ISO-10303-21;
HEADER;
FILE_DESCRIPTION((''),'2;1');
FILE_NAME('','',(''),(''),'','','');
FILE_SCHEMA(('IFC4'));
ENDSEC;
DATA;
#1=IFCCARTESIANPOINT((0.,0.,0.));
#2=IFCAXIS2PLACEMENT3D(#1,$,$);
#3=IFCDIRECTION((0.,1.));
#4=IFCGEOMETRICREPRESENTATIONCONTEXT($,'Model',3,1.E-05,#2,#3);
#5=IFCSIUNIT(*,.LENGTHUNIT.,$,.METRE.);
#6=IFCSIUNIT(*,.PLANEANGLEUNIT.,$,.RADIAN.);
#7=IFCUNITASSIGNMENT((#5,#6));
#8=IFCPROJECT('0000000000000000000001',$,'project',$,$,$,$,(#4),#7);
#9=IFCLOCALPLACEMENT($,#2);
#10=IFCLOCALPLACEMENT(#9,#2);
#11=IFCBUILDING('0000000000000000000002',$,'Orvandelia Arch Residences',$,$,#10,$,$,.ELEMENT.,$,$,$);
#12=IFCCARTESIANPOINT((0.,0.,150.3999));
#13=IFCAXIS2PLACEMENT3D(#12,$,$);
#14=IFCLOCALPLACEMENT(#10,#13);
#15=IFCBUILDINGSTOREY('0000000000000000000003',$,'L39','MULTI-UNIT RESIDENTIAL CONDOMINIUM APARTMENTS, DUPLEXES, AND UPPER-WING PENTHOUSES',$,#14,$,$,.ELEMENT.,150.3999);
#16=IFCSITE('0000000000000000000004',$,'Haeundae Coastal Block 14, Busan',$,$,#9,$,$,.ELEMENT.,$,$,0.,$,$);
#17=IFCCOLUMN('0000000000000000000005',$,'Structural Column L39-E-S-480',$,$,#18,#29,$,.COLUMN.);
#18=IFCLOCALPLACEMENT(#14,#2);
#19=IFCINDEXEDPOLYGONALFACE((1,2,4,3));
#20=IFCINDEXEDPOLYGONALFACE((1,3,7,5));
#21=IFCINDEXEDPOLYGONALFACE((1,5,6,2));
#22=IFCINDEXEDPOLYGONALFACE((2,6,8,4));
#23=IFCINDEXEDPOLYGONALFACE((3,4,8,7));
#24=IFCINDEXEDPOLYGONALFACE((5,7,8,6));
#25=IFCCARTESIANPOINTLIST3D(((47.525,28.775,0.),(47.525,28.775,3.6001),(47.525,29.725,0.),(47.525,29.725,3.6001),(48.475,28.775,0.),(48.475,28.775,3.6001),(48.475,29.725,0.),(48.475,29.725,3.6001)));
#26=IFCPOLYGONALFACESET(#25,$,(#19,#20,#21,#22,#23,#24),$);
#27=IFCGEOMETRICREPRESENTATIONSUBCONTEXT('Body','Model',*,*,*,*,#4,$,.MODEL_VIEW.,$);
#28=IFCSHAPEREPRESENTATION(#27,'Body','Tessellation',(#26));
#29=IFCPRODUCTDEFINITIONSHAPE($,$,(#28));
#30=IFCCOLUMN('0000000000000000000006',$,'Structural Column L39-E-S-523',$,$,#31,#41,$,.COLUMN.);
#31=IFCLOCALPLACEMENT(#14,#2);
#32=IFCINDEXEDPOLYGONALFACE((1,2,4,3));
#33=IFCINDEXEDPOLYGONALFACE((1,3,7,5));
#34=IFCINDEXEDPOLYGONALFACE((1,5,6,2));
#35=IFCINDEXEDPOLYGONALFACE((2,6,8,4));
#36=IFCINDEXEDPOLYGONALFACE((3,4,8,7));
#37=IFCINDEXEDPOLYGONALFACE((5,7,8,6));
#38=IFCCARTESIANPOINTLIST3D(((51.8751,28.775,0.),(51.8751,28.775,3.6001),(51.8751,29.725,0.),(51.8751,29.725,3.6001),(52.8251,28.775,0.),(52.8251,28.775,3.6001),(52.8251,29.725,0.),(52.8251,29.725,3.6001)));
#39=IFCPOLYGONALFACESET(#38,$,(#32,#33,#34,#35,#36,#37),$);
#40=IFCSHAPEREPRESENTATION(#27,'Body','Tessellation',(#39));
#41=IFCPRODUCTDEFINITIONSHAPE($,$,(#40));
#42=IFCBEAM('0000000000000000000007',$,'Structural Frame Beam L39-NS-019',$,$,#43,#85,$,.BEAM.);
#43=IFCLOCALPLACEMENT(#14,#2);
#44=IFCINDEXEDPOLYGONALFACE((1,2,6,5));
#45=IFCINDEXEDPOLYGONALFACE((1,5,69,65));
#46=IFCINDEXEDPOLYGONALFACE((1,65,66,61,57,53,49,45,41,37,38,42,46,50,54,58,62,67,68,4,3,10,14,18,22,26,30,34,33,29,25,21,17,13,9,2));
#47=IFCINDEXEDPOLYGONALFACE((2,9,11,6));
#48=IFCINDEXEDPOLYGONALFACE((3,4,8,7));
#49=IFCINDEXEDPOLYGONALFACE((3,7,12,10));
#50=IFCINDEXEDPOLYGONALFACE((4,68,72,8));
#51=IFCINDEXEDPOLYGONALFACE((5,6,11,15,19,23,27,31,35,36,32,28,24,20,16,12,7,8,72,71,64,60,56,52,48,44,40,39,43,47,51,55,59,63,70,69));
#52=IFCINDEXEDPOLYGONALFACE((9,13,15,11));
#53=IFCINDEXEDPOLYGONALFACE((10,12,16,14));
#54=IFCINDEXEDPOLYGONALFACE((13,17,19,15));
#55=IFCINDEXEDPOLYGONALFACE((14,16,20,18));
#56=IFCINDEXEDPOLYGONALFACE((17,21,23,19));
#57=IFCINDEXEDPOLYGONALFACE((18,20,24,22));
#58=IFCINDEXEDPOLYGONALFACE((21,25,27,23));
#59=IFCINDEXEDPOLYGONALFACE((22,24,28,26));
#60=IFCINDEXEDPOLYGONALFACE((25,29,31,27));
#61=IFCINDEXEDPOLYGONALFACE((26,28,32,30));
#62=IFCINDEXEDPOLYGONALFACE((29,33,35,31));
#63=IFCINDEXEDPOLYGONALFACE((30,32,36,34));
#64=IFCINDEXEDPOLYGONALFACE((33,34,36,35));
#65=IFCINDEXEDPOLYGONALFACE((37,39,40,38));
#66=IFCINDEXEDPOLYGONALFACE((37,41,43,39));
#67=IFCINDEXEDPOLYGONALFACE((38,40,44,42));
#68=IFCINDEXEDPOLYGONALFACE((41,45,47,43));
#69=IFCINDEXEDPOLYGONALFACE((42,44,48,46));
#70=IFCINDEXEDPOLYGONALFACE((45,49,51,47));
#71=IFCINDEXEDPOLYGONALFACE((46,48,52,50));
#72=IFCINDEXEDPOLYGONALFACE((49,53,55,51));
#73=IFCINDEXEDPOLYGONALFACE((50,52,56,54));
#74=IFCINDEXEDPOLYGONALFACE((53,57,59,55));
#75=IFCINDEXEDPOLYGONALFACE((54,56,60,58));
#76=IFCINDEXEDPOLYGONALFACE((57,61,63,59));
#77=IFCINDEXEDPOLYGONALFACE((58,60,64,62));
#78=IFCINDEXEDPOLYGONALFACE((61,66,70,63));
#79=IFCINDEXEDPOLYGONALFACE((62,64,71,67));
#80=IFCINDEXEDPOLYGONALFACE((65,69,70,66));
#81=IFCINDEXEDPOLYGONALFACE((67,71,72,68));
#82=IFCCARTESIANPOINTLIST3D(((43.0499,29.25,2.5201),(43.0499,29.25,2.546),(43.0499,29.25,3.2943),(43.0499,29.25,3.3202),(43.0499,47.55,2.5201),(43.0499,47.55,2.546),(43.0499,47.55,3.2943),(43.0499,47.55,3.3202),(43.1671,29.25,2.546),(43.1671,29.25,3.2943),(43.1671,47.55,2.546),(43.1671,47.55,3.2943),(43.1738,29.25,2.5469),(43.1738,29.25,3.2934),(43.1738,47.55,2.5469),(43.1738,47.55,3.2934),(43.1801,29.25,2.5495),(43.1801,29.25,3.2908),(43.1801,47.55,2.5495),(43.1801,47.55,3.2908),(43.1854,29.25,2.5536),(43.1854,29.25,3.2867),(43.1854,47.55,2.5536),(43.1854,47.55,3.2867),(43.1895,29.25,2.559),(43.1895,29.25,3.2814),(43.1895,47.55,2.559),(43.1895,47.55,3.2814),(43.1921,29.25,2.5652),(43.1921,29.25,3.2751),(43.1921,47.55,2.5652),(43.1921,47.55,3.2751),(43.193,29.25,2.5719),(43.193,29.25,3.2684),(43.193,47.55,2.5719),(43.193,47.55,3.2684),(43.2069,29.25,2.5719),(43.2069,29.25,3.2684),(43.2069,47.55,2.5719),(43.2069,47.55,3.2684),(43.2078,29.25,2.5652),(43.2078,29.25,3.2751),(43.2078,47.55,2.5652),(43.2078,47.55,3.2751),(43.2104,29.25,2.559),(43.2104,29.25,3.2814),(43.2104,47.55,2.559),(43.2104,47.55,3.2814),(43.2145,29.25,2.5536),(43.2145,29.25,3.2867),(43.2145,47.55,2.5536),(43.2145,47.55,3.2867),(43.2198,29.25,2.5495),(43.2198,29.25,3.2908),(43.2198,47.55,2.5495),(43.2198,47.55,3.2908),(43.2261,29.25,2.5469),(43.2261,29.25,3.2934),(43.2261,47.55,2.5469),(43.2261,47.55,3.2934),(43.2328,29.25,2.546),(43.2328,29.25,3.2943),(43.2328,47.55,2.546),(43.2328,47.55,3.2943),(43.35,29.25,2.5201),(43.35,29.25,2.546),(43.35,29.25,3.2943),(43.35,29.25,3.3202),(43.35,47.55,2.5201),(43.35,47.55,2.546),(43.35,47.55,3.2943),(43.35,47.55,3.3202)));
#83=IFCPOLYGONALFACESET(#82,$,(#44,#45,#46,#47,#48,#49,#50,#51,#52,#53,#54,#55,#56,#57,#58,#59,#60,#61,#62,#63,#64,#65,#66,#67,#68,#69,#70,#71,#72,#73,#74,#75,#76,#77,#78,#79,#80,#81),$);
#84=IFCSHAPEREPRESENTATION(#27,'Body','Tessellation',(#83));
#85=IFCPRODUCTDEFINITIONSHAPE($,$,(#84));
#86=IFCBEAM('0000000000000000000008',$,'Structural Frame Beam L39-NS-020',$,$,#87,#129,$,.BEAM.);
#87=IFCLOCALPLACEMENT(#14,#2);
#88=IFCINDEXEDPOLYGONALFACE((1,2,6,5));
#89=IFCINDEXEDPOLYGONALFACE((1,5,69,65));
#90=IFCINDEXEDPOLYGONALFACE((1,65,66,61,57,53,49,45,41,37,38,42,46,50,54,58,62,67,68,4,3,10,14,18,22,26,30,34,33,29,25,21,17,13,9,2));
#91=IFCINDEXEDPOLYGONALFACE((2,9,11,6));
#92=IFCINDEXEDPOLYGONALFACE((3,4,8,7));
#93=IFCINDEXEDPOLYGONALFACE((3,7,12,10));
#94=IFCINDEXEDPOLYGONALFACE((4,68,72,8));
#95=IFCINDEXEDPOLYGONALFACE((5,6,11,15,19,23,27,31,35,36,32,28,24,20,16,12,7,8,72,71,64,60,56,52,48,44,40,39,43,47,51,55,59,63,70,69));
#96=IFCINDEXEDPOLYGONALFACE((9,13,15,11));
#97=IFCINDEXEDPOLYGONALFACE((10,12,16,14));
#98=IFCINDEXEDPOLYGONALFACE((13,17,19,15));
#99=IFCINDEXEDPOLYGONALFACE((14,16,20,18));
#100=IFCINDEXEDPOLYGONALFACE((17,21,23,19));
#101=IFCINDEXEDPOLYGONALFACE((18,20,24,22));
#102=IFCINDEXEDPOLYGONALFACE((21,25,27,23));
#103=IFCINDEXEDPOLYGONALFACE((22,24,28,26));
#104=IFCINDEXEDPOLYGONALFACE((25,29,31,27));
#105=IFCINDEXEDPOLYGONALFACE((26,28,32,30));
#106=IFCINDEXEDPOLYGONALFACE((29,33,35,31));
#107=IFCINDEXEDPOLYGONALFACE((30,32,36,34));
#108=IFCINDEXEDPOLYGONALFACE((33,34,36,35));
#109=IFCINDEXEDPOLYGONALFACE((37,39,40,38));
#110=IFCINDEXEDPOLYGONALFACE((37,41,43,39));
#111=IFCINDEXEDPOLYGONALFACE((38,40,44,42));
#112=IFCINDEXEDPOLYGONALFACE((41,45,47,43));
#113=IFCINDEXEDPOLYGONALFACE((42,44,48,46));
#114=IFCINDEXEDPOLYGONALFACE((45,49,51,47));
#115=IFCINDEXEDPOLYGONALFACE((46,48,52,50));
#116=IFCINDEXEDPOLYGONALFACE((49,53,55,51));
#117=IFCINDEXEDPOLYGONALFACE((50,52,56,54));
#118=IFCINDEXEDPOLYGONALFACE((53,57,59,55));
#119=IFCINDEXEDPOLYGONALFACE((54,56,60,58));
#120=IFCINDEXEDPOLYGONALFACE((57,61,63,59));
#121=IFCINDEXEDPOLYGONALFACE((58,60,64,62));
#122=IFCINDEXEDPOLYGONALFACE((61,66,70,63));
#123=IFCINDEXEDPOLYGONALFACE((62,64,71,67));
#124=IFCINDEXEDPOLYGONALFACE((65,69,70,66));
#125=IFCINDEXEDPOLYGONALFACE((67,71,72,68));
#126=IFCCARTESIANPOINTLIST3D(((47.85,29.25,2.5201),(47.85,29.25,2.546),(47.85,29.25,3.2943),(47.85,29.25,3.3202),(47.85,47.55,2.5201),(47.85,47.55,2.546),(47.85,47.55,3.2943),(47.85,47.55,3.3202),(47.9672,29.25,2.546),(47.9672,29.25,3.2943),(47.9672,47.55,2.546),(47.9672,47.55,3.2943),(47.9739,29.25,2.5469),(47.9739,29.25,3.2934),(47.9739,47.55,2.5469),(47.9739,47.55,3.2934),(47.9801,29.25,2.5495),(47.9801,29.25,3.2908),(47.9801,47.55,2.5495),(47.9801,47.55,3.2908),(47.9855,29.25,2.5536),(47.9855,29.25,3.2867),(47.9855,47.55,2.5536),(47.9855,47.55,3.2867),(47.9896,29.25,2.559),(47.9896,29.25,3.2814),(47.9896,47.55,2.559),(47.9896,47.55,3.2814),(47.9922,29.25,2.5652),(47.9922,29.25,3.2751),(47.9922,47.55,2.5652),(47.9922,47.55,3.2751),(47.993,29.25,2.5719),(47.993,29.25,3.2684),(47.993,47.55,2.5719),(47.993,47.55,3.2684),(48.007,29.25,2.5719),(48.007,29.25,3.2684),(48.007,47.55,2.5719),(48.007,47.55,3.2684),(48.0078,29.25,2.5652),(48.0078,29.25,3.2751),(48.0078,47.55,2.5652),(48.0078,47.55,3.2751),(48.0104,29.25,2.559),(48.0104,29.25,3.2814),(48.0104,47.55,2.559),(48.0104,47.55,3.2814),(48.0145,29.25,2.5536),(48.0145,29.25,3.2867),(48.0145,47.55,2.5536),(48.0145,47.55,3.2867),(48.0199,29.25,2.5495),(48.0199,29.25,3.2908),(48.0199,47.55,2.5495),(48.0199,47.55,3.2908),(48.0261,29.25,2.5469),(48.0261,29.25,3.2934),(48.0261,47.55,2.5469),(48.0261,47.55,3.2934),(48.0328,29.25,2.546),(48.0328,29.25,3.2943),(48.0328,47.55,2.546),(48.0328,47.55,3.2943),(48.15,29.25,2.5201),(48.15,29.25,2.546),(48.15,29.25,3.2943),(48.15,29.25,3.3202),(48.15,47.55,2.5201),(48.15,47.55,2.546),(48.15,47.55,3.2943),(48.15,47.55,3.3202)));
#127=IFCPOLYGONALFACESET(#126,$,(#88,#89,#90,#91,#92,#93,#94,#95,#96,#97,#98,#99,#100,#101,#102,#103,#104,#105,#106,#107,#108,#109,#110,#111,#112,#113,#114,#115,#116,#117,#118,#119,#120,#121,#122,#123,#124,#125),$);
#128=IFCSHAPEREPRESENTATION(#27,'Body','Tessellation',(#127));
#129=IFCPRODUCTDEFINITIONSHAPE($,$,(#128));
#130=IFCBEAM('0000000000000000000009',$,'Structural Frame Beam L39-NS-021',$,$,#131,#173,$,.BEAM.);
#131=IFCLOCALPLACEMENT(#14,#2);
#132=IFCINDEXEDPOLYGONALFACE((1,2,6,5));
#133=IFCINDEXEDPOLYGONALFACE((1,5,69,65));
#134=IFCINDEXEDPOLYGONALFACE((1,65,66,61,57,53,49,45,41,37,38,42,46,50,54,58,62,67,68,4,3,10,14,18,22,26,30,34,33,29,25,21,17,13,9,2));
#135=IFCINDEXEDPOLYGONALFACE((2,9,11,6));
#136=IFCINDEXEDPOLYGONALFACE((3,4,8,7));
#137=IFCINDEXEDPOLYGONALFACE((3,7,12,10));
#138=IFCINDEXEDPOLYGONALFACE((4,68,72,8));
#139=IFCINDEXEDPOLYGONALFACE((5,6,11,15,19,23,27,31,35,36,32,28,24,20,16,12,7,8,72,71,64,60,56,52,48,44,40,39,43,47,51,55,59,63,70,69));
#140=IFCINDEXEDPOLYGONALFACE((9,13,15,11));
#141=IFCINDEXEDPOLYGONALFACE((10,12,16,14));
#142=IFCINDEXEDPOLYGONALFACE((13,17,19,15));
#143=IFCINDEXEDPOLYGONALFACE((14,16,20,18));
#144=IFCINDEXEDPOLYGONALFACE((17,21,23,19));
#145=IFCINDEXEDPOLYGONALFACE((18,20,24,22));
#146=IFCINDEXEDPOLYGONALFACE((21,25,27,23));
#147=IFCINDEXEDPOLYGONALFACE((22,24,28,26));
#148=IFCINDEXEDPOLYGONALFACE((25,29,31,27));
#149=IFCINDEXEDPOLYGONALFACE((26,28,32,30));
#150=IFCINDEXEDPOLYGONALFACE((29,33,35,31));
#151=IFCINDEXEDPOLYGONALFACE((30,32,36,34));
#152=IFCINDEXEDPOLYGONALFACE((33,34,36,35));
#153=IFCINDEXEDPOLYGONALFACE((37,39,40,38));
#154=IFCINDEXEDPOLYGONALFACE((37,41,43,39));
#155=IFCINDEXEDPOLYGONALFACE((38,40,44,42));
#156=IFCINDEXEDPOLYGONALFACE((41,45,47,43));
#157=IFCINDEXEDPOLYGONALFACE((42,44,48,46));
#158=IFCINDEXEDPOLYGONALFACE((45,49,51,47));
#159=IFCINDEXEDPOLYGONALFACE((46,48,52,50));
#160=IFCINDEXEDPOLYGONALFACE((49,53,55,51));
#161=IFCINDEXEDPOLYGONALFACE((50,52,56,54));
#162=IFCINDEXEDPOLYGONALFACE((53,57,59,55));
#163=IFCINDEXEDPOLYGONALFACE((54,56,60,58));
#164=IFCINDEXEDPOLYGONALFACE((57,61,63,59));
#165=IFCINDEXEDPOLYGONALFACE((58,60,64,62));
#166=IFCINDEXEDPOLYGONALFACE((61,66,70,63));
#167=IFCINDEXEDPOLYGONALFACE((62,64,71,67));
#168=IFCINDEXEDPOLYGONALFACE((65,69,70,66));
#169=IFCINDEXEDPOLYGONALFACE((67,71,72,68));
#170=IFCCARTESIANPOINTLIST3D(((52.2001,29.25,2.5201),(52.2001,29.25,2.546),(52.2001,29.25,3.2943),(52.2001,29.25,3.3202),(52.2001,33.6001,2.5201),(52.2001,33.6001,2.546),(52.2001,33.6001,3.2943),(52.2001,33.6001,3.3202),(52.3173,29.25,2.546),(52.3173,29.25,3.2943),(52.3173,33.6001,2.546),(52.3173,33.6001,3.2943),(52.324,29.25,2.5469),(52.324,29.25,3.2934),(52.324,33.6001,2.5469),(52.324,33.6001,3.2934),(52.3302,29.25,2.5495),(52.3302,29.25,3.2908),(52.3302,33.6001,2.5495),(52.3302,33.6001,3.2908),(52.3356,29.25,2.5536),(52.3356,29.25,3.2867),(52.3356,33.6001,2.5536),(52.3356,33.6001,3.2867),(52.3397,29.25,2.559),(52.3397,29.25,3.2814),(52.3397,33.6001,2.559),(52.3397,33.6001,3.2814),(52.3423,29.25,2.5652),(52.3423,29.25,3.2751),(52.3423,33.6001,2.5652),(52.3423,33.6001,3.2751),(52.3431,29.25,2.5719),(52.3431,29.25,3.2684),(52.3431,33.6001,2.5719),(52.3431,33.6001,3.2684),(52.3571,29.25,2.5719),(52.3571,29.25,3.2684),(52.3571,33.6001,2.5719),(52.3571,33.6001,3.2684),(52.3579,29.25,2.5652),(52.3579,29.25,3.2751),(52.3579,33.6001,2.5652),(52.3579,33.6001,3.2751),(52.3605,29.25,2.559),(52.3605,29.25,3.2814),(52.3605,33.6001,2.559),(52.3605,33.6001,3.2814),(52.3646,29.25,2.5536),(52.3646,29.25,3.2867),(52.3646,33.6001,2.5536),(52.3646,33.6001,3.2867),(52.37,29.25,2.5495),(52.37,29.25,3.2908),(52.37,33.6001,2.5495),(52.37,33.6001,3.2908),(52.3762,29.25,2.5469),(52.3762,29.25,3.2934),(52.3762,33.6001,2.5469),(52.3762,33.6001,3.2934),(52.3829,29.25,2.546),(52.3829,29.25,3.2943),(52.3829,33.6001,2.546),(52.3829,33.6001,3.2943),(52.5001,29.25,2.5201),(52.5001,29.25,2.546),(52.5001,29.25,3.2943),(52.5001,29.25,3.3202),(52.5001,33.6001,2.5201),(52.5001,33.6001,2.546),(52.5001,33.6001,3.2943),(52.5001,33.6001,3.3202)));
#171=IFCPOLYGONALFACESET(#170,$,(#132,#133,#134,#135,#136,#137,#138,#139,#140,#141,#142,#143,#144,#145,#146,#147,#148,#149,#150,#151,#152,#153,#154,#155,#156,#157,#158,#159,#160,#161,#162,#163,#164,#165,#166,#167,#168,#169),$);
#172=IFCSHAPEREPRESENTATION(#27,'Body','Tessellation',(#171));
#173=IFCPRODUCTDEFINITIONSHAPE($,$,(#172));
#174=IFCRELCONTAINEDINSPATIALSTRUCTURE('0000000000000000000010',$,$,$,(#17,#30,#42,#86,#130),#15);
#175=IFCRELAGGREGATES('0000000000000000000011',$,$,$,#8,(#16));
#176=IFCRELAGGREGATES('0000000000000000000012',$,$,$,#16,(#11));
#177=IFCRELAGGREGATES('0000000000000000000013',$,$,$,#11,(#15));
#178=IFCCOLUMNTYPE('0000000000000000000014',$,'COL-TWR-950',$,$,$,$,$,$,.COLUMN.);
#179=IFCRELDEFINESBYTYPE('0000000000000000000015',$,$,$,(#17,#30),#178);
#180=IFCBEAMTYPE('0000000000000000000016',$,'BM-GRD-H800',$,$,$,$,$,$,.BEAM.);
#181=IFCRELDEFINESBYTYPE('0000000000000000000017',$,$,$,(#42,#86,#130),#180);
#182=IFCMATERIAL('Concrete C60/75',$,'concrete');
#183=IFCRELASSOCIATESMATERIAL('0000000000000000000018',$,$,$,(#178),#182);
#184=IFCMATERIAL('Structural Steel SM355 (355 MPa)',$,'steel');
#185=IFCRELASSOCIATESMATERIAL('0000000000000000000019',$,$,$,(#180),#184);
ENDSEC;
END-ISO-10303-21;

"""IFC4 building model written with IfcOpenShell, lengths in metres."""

from ifc_helpers import new_model, si_unit, direction, frame, origin, origin_2d, place, context, subcontext, project, spatial, rectangle, i_section, extrude, material, material_profile, profile_set, type_object, element, save


model = new_model("IFC4")

# Units and contexts
model_context = context("Model", 3, precision=1e-05, world=origin(), true_north=direction((0.0, 1.0)))
body_context = subcontext(model_context, "Body", "Model", "MODEL_VIEW")
ifc_project = project(units=[si_unit("LENGTHUNIT", "METRE"), si_unit("PLANEANGLEUNIT", "RADIAN")], contexts=[model_context])

# Site, building, storey
site_placement = place(None, origin())
site = spatial("IfcSite", under=ifc_project, at=site_placement, Name="Haeundae Coastal Block 14, Busan", CompositionType="ELEMENT", RefElevation=0.0)
building_placement = place(site_placement, origin())
building = spatial("IfcBuilding", under=site, at=building_placement, Name="Orvandelia Arch Residences", CompositionType="ELEMENT")
storey_placement = place(building_placement, frame((0.0, 0.0, 150.3999)))
storey = spatial("IfcBuildingStorey", under=building, at=storey_placement, Name="L39", Description="MULTI-UNIT RESIDENTIAL CONDOMINIUM APARTMENTS, DUPLEXES, AND UPPER-WING PENTHOUSES", CompositionType="ELEMENT", Elevation=150.3999)

# Columns
ifc_material_1 = material(Name="Concrete C60/75", Category="concrete")
ifc_material_profile_1 = material_profile(ifc_material_1, rectangle(XDim=0.95, YDim=0.95, at=origin_2d()), Name="Concrete C60/75", Category="concrete")
ifc_profile_set_1 = profile_set([ifc_material_profile_1], Name="Concrete C60/75")
column_type = type_object("IfcColumnType", Name="COL-TWR-950", PredefinedType="COLUMN", material=ifc_profile_set_1)
for number, where, z_axis, x_axis, name in (
    (1, (48.0, 29.25, 0.0), (0.0, 0.0, 1.0), (1.0, 0.0, 0.0), "Structural Column L39-E-S-480"),
    (2, (52.3501, 29.25, 0.0), (0.0, 0.0, 1.0), (1.0, 0.0, 0.0), "Structural Column L39-E-S-523"),
):
    element("IfcColumn", number, at=place(storey_placement, frame(where, z_axis=z_axis, x_axis=x_axis)), inside=storey, type_object=column_type, Name=name, PredefinedType="COLUMN", context=body_context, shape_type="SweptSolid", body=[
        extrude(rectangle(XDim=0.95, YDim=0.95, at=origin_2d()), origin(), (0.0, 0.0, 1.0), 3.6001),
    ])

# Beams
ifc_material_2 = material(Name="Structural Steel SM355 (355 MPa)", Category="steel")
ifc_material_profile_2 = material_profile(ifc_material_2, i_section(OverallWidth=0.3, OverallDepth=0.8, WebThickness=0.0139, FlangeThickness=0.0259, FilletRadius=0.0259, at=origin_2d()), Name="Structural Steel SM355 (355 MPa)", Category="steel")
ifc_profile_set_2 = profile_set([ifc_material_profile_2], Name="Structural Steel SM355 (355 MPa)")
beam_type = type_object("IfcBeamType", Name="BM-GRD-H800", PredefinedType="BEAM", material=ifc_profile_set_2)
for number, where, z_axis, x_axis, name in (
    (3, (43.2, 29.25, 2.9202), (0.0, 1.0, 0.0), (-1.0, 0.0, 0.0), "Structural Frame Beam L39-NS-019"),
    (4, (48.0, 29.25, 2.9202), (0.0, 1.0, 0.0), (-1.0, 0.0, 0.0), "Structural Frame Beam L39-NS-020"),
):
    element("IfcBeam", number, at=place(storey_placement, frame(where, z_axis=z_axis, x_axis=x_axis)), inside=storey, type_object=beam_type, Name=name, PredefinedType="BEAM", context=body_context, shape_type="SweptSolid", body=[
        extrude(i_section(OverallWidth=0.3, OverallDepth=0.8, WebThickness=0.0139, FlangeThickness=0.0259, FilletRadius=0.0259, at=origin_2d()), origin(), (0.0, 0.0, 1.0), 18.3),
    ])
beam_1_placement = place(storey_placement, frame((52.3501, 29.25, 2.9202), z_axis=(0.0, 1.0, 0.0), x_axis=(-1.0, 0.0, 0.0)))
element("IfcBeam", 5, at=beam_1_placement, inside=storey, type_object=beam_type, Name="Structural Frame Beam L39-NS-021", PredefinedType="BEAM", context=body_context, shape_type="SweptSolid", body=[
    extrude(i_section(OverallWidth=0.3, OverallDepth=0.8, WebThickness=0.0139, FlangeThickness=0.0259, FilletRadius=0.0259, at=origin_2d()), origin(), (0.0, 0.0, 1.0), 4.3501),
])

save(model, "model.ifc")
